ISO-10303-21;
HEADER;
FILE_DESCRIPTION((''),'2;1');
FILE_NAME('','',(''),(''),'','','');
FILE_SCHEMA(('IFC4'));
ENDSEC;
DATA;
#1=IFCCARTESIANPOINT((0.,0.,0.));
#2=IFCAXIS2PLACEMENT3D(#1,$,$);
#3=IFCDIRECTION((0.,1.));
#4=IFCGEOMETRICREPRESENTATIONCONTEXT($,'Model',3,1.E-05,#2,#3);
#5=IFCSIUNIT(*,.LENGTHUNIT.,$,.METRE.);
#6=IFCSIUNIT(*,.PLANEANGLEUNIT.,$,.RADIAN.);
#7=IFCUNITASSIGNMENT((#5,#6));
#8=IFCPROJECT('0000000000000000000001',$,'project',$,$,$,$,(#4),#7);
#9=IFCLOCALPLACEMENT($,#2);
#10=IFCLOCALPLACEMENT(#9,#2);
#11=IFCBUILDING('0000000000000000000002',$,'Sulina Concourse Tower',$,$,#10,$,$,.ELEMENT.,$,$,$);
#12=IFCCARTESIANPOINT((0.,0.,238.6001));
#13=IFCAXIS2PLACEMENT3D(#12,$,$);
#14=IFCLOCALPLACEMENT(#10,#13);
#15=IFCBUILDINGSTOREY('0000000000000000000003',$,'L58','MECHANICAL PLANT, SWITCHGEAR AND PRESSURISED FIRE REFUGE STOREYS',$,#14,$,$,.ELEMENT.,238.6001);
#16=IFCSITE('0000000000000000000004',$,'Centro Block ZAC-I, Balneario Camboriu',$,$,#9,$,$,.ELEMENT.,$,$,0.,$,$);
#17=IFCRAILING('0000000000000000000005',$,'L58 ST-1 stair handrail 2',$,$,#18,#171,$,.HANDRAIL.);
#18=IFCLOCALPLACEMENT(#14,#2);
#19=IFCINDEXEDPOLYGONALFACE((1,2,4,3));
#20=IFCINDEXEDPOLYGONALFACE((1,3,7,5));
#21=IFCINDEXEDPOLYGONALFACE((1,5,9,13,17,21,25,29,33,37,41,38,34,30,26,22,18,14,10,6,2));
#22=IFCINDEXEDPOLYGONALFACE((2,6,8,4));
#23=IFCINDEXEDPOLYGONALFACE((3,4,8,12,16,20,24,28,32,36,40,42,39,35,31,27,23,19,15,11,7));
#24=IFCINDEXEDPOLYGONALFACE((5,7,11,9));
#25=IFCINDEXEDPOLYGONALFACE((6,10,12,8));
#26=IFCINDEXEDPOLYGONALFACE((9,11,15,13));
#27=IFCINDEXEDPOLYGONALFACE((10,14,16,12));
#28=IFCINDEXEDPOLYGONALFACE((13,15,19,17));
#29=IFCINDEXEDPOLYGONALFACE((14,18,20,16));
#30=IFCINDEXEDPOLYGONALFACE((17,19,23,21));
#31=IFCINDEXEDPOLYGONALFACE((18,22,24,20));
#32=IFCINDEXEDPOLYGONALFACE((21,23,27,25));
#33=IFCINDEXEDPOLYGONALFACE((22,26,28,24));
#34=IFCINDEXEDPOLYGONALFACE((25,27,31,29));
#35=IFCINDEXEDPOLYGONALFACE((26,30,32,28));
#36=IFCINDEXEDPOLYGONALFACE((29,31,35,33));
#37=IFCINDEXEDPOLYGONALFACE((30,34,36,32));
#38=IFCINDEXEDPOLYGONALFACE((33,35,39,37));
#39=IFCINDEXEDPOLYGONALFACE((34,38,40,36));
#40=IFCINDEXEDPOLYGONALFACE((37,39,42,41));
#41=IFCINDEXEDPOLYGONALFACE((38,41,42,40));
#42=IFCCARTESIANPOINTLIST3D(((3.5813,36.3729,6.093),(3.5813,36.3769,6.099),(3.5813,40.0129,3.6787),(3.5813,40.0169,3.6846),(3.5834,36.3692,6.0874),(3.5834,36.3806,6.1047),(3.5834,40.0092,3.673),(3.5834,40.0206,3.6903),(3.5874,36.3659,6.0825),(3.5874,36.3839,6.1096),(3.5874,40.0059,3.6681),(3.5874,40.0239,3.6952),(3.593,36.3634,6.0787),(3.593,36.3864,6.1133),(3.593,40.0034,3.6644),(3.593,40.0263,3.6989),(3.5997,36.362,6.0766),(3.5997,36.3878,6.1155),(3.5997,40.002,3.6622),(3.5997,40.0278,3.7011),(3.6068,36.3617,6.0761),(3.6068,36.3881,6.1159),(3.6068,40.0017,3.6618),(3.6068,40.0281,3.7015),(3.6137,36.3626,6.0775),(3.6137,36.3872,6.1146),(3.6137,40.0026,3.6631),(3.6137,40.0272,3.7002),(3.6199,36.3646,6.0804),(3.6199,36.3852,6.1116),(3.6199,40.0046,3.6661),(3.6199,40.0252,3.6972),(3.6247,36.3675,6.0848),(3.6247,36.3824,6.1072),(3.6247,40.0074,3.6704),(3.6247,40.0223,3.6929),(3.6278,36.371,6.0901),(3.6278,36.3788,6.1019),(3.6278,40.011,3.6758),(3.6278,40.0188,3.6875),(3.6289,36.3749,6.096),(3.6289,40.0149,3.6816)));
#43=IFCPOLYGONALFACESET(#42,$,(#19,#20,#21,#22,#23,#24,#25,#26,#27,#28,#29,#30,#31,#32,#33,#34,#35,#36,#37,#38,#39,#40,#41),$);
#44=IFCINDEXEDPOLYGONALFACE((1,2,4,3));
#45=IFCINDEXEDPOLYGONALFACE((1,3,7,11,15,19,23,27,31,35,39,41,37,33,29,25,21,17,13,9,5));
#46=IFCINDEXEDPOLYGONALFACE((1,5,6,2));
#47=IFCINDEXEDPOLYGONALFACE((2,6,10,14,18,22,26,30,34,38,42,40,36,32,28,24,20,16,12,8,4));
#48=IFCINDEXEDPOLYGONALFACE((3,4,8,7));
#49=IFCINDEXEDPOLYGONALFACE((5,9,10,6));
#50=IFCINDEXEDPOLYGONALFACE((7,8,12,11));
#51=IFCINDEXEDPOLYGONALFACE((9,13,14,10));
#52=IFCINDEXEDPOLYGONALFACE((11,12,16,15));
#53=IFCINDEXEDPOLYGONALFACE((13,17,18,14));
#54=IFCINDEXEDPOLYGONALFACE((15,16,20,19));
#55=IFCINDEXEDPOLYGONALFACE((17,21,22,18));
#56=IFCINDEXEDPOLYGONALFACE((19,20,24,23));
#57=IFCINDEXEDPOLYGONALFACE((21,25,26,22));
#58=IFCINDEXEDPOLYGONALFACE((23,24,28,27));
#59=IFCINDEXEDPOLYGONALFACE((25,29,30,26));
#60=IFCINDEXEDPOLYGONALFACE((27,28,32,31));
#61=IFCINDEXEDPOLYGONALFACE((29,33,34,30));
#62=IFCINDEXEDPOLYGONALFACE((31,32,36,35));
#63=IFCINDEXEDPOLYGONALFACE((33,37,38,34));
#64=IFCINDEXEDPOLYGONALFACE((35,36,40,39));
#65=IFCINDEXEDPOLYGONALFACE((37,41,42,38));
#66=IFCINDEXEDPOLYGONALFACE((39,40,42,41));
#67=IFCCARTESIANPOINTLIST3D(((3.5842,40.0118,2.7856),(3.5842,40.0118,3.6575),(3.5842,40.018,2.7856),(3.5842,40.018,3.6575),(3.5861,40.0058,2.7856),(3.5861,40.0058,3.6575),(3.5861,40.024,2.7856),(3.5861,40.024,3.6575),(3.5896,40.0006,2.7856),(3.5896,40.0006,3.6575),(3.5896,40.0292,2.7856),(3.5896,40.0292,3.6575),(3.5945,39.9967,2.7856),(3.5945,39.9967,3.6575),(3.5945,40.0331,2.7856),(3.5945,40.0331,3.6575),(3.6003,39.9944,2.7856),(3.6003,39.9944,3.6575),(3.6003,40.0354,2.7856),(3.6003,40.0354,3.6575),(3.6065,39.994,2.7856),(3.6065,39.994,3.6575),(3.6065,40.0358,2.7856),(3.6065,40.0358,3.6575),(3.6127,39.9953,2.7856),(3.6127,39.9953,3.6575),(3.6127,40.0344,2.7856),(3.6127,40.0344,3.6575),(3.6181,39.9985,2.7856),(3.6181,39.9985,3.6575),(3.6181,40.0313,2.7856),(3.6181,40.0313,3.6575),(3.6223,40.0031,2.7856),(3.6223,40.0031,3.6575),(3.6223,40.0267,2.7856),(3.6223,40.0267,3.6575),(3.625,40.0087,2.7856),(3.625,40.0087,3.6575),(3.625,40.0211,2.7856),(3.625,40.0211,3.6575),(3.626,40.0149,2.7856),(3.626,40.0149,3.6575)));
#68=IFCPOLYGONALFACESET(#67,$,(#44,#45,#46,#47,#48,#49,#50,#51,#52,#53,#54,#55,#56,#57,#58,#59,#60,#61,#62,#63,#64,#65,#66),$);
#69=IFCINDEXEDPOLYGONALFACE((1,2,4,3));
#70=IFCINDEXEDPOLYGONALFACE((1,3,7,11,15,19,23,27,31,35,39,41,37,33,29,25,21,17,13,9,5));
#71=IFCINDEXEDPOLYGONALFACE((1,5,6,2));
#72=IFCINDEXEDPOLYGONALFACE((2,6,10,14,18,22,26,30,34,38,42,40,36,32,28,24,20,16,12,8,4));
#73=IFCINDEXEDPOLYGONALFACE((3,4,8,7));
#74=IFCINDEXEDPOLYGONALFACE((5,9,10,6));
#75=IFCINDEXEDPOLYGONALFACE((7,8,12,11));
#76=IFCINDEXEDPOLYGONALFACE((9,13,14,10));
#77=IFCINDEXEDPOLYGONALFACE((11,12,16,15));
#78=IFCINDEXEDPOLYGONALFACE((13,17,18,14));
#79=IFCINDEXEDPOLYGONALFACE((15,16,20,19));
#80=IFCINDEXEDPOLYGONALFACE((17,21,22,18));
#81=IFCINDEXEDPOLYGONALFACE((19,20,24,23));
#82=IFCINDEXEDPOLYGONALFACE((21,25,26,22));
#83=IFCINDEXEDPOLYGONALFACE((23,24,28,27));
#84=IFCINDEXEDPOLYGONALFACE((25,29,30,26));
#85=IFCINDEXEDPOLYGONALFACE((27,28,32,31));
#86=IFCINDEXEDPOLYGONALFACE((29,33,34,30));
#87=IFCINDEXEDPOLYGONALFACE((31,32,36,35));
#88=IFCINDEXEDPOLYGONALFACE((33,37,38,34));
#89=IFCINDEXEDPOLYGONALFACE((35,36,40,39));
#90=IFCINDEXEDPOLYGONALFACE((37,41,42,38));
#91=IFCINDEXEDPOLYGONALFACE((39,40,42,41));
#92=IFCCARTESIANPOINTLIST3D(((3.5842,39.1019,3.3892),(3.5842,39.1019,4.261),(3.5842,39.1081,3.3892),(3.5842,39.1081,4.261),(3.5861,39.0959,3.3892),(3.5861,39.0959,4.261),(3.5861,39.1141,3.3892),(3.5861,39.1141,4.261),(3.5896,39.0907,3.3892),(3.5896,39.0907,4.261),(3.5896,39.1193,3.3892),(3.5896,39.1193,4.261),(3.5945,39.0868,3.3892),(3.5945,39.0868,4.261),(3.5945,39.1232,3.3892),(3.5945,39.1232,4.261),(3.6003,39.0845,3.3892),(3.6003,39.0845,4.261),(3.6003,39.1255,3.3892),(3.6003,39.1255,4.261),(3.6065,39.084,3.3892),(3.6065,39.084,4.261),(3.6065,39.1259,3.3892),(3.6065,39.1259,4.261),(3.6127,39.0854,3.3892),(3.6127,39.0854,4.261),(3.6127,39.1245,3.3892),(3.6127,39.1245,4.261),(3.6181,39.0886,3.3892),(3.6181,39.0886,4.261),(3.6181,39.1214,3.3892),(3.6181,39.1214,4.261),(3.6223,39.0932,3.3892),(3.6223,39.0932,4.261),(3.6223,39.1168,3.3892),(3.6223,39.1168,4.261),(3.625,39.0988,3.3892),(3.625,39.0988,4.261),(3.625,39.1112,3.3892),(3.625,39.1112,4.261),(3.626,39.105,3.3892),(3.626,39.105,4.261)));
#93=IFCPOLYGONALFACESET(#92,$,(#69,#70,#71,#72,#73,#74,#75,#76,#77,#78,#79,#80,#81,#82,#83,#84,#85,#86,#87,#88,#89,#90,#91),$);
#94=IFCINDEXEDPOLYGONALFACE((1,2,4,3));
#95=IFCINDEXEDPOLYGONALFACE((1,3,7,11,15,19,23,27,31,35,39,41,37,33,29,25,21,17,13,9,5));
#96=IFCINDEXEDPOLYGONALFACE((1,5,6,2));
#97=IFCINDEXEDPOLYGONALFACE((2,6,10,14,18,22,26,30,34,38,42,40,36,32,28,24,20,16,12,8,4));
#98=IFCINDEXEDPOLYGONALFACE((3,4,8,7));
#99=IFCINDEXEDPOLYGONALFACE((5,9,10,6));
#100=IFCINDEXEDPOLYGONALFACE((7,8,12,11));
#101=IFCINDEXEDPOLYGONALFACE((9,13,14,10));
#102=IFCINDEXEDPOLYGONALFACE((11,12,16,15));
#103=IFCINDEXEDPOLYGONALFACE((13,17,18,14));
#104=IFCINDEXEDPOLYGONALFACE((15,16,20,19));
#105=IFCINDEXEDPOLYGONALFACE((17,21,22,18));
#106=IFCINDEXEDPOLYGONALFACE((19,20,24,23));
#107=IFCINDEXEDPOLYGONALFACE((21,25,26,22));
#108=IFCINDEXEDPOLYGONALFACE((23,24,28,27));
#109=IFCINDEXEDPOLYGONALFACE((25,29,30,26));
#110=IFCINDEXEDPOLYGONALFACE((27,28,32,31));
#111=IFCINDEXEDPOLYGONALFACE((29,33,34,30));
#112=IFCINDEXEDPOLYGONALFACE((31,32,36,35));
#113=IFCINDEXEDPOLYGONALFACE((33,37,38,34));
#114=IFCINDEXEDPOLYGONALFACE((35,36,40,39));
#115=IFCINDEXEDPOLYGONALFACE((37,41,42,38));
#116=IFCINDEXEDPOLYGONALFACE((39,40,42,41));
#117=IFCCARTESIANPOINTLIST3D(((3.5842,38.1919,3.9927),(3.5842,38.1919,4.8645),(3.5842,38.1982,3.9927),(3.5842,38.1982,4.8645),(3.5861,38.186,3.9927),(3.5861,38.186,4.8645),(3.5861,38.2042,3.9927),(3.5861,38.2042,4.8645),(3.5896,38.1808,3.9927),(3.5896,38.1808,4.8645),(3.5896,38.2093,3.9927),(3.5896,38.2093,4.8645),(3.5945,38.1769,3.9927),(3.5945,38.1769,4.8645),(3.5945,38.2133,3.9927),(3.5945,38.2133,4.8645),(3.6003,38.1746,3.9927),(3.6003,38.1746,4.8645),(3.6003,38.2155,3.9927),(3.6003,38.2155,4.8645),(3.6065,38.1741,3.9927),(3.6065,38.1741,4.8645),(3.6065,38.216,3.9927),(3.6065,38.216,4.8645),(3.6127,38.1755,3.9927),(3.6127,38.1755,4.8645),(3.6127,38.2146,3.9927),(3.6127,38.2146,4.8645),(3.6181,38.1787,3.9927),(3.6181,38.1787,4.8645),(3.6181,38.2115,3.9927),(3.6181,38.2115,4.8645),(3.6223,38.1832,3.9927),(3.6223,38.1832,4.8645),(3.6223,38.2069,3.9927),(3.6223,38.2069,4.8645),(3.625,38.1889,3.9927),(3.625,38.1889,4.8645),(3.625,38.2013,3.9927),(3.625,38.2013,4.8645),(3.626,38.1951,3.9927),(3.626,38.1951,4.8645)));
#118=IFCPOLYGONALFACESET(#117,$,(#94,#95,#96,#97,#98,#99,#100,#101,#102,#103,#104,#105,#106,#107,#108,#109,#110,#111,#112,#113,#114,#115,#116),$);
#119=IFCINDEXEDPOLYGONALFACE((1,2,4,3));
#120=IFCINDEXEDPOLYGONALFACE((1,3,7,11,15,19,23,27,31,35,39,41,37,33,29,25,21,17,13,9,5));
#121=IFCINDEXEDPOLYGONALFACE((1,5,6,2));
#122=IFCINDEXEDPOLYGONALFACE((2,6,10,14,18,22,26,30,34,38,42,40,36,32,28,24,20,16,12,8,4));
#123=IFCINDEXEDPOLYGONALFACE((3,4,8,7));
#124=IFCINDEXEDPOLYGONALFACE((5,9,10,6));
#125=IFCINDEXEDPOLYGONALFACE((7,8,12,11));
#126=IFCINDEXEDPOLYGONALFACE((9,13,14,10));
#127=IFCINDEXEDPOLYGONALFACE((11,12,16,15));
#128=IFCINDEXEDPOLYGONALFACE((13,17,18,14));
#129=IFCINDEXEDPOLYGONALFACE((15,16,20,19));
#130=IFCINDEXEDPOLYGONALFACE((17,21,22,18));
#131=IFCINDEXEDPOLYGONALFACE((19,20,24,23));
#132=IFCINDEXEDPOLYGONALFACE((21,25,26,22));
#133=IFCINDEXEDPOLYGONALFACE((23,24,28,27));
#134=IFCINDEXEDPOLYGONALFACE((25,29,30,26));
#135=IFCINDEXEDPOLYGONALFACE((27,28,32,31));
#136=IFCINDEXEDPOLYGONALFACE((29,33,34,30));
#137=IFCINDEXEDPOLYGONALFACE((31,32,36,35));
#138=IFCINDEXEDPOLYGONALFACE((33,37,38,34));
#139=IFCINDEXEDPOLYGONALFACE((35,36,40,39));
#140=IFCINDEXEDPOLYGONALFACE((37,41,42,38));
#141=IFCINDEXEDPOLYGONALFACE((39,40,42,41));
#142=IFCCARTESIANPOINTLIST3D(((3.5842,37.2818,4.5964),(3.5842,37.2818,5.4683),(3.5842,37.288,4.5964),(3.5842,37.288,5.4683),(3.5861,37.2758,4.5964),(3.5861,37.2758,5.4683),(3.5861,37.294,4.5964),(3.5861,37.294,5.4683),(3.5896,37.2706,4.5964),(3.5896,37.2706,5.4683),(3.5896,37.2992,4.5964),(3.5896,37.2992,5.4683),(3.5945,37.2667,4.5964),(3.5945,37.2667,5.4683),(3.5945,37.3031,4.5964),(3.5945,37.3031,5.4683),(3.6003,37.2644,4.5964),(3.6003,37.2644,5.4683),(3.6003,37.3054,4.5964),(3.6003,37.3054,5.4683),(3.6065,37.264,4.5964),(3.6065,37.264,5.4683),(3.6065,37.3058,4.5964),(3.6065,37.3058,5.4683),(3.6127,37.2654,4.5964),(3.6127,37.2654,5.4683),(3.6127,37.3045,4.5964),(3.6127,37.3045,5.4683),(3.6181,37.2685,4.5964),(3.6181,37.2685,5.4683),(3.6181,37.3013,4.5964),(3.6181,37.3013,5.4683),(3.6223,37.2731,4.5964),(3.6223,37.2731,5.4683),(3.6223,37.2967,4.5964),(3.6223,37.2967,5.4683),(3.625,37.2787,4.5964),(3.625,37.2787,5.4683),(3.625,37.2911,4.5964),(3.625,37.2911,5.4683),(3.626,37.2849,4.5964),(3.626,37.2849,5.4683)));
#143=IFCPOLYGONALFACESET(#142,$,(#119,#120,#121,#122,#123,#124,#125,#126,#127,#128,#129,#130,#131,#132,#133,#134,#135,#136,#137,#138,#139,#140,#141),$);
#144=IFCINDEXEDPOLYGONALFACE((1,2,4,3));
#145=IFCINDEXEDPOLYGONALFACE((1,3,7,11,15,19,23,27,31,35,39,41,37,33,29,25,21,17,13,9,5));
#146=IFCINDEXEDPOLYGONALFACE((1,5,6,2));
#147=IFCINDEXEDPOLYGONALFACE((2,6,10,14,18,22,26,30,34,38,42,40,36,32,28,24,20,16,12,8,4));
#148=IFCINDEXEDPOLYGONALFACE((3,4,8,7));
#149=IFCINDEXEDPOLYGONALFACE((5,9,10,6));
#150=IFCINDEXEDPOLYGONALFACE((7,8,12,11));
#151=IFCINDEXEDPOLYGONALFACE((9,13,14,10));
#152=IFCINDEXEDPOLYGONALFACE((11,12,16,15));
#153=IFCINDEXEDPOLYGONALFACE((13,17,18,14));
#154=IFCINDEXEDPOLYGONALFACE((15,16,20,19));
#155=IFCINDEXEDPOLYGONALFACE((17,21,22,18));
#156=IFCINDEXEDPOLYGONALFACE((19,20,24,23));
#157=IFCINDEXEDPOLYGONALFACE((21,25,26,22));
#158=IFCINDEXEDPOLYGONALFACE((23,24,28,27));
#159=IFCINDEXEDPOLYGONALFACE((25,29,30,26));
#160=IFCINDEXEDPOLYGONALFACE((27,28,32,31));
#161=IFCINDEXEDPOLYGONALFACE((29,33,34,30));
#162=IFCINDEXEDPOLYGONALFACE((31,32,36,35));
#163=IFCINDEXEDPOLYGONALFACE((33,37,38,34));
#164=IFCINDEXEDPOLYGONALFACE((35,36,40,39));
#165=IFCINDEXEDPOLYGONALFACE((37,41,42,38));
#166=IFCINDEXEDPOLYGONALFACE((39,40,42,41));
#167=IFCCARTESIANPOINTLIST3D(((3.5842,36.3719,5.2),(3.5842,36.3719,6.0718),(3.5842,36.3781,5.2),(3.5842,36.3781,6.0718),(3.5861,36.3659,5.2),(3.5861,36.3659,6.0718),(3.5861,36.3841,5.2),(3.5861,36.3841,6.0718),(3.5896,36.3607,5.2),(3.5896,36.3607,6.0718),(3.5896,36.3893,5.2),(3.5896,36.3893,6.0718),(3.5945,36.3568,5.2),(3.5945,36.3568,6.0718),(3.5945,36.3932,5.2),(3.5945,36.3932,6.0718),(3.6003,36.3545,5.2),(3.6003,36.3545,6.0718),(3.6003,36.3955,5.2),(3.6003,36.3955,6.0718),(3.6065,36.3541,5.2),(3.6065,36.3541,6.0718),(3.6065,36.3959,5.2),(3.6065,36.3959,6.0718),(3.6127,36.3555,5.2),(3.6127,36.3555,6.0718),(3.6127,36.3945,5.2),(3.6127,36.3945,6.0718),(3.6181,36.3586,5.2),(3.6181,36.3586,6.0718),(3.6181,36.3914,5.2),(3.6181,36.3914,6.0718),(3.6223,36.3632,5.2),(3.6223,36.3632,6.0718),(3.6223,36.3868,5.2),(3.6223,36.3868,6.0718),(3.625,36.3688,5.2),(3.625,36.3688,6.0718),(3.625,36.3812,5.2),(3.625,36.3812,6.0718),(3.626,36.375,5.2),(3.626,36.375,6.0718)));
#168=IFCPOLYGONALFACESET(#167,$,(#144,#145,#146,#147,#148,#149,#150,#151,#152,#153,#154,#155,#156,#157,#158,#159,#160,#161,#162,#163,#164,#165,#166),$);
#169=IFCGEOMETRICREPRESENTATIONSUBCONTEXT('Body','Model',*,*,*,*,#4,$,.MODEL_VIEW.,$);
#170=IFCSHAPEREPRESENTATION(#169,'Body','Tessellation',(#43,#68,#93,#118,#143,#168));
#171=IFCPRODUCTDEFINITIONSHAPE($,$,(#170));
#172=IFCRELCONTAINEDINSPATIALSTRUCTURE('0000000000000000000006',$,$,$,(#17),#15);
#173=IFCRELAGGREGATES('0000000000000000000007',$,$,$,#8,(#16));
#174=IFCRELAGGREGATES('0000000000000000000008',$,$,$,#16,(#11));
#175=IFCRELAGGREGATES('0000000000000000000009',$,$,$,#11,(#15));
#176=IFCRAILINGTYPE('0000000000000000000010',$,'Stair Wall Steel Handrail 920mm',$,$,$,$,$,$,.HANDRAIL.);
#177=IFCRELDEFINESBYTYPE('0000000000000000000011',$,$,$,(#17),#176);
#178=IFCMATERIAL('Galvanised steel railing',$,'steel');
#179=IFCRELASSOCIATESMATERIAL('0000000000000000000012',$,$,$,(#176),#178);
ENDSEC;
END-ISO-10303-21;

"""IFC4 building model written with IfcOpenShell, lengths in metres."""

from ifc_helpers import new_model, si_unit, direction, frame, origin, origin_2d, place, context, subcontext, project, spatial, circle, extrude, material, type_object, element, save


model = new_model("IFC4")

# Units and contexts
model_context = context("Model", 3, precision=1e-05, world=origin(), true_north=direction((0.0, 1.0)))
body_context = subcontext(model_context, "Body", "Model", "MODEL_VIEW")
ifc_project = project(units=[si_unit("LENGTHUNIT", "METRE"), si_unit("PLANEANGLEUNIT", "RADIAN")], contexts=[model_context])

# Site, building, storey
site_placement = place(None, origin())
site = spatial("IfcSite", under=ifc_project, at=site_placement, Name="Centro Block ZAC-I, Balneario Camboriu", CompositionType="ELEMENT", RefElevation=0.0)
building_placement = place(site_placement, origin())
building = spatial("IfcBuilding", under=site, at=building_placement, Name="Sulina Concourse Tower", CompositionType="ELEMENT")
storey_placement = place(building_placement, frame((0.0, 0.0, 238.6001)))
storey = spatial("IfcBuildingStorey", under=building, at=storey_placement, Name="L58", Description="MECHANICAL PLANT, SWITCHGEAR AND PRESSURISED FIRE REFUGE STOREYS", CompositionType="ELEMENT", Elevation=238.6001)

# Railing
ifc_material_1 = material(Name="Galvanised steel railing", Category="steel")
railing_type_1 = type_object("IfcRailingType", Name="Stair Wall Steel Handrail 920mm", PredefinedType="HANDRAIL", material=ifc_material_1)
railing_1_placement = place(storey_placement, frame((3.605, 40.0149, 2.7856)))
element("IfcRailing", 1, at=railing_1_placement, inside=storey, type_object=railing_type_1, Name="L58 ST-1 stair handrail 2", PredefinedType="HANDRAIL", context=body_context, shape_type="SweptSolid", body=[
    extrude(circle(Radius=0.0239, at=origin_2d()), frame((0.0, 0.0, 0.896), z_axis=(0.0, -0.833347, 0.552751), x_axis=(1.0, 0.0, 0.0)), (0.0, 0.0, 1.0), 4.3679),
    extrude(circle(Radius=0.021, at=origin_2d()), origin(), (0.0, 0.0, 1.0), 0.8718),
    extrude(circle(Radius=0.021, at=origin_2d()), frame((0.0, -0.9099, 0.6035)), (0.0, 0.0, 1.0), 0.8718),
    extrude(circle(Radius=0.021, at=origin_2d()), frame((0.0, -1.8198, 1.207)), (0.0, 0.0, 1.0), 0.8718),
    extrude(circle(Radius=0.021, at=origin_2d()), frame((0.0, -2.73, 1.8108)), (0.0, 0.0, 1.0), 0.8718),
    extrude(circle(Radius=0.021, at=origin_2d()), frame((0.0, -3.6399, 2.4143)), (0.0, 0.0, 1.0), 0.8718),
])

save(model, "model.ifc")
